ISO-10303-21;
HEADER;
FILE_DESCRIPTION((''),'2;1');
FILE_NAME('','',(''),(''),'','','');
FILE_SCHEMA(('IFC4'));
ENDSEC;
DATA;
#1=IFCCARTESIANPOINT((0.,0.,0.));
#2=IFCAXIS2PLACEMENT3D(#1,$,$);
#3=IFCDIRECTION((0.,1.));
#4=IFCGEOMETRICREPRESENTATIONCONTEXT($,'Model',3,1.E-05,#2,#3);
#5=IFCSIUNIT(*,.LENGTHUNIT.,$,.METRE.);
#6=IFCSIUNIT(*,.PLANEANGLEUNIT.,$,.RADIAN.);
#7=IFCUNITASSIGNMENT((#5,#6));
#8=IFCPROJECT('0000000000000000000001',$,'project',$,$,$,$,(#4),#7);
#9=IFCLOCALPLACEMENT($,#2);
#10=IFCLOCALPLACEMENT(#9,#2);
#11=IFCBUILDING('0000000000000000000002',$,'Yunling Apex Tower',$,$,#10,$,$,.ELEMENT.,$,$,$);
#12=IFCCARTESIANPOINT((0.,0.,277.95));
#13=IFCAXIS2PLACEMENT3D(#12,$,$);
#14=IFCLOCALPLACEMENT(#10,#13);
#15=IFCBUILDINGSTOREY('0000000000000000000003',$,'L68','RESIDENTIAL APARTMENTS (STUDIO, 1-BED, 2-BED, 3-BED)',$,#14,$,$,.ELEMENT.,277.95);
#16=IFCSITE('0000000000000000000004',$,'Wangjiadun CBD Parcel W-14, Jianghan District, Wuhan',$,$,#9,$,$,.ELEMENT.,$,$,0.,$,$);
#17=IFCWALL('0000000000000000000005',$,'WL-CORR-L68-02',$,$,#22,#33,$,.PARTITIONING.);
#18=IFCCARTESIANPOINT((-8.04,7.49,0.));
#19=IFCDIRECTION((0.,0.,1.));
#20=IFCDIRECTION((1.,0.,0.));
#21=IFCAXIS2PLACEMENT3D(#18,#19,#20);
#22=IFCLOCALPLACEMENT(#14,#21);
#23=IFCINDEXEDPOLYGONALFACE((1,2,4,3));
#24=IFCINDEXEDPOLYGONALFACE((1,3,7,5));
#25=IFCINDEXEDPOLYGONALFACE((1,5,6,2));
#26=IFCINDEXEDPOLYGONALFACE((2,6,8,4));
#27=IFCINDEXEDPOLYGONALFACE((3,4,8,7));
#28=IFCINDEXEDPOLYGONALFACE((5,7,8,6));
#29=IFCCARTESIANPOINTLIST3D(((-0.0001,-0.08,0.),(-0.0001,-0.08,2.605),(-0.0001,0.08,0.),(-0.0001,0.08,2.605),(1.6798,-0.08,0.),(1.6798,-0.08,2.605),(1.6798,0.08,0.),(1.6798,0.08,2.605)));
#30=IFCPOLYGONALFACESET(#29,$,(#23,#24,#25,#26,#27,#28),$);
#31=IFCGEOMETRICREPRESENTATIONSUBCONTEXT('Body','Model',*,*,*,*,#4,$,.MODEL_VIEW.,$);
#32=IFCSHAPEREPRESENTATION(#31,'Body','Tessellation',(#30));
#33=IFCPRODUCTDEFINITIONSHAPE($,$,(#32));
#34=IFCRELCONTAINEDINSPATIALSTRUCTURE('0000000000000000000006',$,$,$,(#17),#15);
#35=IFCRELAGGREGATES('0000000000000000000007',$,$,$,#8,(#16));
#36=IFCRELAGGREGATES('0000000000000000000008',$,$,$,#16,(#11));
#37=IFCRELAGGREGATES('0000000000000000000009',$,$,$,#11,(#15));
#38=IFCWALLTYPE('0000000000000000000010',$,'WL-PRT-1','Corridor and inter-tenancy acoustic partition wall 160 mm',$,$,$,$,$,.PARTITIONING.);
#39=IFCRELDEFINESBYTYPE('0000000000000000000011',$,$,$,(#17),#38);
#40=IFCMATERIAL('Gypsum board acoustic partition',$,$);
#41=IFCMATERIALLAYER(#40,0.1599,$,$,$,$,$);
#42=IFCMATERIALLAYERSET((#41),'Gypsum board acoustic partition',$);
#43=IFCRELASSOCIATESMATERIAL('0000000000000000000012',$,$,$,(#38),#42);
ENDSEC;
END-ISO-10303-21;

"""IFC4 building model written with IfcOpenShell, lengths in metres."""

from ifc_helpers import new_model, si_unit, direction, frame, frame_2d, origin, place, context, subcontext, project, spatial, rectangle, extrude, material, layer, layer_set, type_object, element, save


model = new_model("IFC4")

# Units and contexts
model_context = context("Model", 3, precision=1e-05, world=origin(), true_north=direction((0.0, 1.0)))
body_context = subcontext(model_context, "Body", "Model", "MODEL_VIEW")
ifc_project = project(units=[si_unit("LENGTHUNIT", "METRE"), si_unit("PLANEANGLEUNIT", "RADIAN")], contexts=[model_context])

# Site, building, storey
site_placement = place(None, origin())
site = spatial("IfcSite", under=ifc_project, at=site_placement, Name="Wangjiadun CBD Parcel W-14, Jianghan District, Wuhan", CompositionType="ELEMENT", RefElevation=0.0)
building_placement = place(site_placement, origin())
building = spatial("IfcBuilding", under=site, at=building_placement, Name="Yunling Apex Tower", CompositionType="ELEMENT")
storey_placement = place(building_placement, frame((0.0, 0.0, 277.95)))
storey = spatial("IfcBuildingStorey", under=building, at=storey_placement, Name="L68", Description="RESIDENTIAL APARTMENTS (STUDIO, 1-BED, 2-BED, 3-BED)", CompositionType="ELEMENT", Elevation=277.95)

# Shared definitions
ifc_material_1 = material(Name="Gypsum board acoustic partition")
ifc_layer_1 = layer(ifc_material_1, 0.1599)
ifc_layer_set_1 = layer_set([ifc_layer_1], Name="Gypsum board acoustic partition")
wall_type_1 = type_object("IfcWallType", Name="WL-PRT-1", Description="Corridor and inter-tenancy acoustic partition wall 160 mm", PredefinedType="PARTITIONING", material=ifc_layer_set_1)

# Wall
wall_1_placement = place(storey_placement, frame((-8.04, 7.49, 0.0), z_axis=(0.0, 0.0, 1.0), x_axis=(1.0, 0.0, 0.0)))
element("IfcWall", 1, at=wall_1_placement, inside=storey, type_object=wall_type_1, Name="WL-CORR-L68-02", PredefinedType="PARTITIONING", context=body_context, shape_type="SweptSolid", body=[
    extrude(rectangle(XDim=1.6799, YDim=0.1599, at=frame_2d((0.8398, 0.0))), origin(), (0.0, 0.0, 1.0), 2.605),
])

save(model, "model.ifc")
